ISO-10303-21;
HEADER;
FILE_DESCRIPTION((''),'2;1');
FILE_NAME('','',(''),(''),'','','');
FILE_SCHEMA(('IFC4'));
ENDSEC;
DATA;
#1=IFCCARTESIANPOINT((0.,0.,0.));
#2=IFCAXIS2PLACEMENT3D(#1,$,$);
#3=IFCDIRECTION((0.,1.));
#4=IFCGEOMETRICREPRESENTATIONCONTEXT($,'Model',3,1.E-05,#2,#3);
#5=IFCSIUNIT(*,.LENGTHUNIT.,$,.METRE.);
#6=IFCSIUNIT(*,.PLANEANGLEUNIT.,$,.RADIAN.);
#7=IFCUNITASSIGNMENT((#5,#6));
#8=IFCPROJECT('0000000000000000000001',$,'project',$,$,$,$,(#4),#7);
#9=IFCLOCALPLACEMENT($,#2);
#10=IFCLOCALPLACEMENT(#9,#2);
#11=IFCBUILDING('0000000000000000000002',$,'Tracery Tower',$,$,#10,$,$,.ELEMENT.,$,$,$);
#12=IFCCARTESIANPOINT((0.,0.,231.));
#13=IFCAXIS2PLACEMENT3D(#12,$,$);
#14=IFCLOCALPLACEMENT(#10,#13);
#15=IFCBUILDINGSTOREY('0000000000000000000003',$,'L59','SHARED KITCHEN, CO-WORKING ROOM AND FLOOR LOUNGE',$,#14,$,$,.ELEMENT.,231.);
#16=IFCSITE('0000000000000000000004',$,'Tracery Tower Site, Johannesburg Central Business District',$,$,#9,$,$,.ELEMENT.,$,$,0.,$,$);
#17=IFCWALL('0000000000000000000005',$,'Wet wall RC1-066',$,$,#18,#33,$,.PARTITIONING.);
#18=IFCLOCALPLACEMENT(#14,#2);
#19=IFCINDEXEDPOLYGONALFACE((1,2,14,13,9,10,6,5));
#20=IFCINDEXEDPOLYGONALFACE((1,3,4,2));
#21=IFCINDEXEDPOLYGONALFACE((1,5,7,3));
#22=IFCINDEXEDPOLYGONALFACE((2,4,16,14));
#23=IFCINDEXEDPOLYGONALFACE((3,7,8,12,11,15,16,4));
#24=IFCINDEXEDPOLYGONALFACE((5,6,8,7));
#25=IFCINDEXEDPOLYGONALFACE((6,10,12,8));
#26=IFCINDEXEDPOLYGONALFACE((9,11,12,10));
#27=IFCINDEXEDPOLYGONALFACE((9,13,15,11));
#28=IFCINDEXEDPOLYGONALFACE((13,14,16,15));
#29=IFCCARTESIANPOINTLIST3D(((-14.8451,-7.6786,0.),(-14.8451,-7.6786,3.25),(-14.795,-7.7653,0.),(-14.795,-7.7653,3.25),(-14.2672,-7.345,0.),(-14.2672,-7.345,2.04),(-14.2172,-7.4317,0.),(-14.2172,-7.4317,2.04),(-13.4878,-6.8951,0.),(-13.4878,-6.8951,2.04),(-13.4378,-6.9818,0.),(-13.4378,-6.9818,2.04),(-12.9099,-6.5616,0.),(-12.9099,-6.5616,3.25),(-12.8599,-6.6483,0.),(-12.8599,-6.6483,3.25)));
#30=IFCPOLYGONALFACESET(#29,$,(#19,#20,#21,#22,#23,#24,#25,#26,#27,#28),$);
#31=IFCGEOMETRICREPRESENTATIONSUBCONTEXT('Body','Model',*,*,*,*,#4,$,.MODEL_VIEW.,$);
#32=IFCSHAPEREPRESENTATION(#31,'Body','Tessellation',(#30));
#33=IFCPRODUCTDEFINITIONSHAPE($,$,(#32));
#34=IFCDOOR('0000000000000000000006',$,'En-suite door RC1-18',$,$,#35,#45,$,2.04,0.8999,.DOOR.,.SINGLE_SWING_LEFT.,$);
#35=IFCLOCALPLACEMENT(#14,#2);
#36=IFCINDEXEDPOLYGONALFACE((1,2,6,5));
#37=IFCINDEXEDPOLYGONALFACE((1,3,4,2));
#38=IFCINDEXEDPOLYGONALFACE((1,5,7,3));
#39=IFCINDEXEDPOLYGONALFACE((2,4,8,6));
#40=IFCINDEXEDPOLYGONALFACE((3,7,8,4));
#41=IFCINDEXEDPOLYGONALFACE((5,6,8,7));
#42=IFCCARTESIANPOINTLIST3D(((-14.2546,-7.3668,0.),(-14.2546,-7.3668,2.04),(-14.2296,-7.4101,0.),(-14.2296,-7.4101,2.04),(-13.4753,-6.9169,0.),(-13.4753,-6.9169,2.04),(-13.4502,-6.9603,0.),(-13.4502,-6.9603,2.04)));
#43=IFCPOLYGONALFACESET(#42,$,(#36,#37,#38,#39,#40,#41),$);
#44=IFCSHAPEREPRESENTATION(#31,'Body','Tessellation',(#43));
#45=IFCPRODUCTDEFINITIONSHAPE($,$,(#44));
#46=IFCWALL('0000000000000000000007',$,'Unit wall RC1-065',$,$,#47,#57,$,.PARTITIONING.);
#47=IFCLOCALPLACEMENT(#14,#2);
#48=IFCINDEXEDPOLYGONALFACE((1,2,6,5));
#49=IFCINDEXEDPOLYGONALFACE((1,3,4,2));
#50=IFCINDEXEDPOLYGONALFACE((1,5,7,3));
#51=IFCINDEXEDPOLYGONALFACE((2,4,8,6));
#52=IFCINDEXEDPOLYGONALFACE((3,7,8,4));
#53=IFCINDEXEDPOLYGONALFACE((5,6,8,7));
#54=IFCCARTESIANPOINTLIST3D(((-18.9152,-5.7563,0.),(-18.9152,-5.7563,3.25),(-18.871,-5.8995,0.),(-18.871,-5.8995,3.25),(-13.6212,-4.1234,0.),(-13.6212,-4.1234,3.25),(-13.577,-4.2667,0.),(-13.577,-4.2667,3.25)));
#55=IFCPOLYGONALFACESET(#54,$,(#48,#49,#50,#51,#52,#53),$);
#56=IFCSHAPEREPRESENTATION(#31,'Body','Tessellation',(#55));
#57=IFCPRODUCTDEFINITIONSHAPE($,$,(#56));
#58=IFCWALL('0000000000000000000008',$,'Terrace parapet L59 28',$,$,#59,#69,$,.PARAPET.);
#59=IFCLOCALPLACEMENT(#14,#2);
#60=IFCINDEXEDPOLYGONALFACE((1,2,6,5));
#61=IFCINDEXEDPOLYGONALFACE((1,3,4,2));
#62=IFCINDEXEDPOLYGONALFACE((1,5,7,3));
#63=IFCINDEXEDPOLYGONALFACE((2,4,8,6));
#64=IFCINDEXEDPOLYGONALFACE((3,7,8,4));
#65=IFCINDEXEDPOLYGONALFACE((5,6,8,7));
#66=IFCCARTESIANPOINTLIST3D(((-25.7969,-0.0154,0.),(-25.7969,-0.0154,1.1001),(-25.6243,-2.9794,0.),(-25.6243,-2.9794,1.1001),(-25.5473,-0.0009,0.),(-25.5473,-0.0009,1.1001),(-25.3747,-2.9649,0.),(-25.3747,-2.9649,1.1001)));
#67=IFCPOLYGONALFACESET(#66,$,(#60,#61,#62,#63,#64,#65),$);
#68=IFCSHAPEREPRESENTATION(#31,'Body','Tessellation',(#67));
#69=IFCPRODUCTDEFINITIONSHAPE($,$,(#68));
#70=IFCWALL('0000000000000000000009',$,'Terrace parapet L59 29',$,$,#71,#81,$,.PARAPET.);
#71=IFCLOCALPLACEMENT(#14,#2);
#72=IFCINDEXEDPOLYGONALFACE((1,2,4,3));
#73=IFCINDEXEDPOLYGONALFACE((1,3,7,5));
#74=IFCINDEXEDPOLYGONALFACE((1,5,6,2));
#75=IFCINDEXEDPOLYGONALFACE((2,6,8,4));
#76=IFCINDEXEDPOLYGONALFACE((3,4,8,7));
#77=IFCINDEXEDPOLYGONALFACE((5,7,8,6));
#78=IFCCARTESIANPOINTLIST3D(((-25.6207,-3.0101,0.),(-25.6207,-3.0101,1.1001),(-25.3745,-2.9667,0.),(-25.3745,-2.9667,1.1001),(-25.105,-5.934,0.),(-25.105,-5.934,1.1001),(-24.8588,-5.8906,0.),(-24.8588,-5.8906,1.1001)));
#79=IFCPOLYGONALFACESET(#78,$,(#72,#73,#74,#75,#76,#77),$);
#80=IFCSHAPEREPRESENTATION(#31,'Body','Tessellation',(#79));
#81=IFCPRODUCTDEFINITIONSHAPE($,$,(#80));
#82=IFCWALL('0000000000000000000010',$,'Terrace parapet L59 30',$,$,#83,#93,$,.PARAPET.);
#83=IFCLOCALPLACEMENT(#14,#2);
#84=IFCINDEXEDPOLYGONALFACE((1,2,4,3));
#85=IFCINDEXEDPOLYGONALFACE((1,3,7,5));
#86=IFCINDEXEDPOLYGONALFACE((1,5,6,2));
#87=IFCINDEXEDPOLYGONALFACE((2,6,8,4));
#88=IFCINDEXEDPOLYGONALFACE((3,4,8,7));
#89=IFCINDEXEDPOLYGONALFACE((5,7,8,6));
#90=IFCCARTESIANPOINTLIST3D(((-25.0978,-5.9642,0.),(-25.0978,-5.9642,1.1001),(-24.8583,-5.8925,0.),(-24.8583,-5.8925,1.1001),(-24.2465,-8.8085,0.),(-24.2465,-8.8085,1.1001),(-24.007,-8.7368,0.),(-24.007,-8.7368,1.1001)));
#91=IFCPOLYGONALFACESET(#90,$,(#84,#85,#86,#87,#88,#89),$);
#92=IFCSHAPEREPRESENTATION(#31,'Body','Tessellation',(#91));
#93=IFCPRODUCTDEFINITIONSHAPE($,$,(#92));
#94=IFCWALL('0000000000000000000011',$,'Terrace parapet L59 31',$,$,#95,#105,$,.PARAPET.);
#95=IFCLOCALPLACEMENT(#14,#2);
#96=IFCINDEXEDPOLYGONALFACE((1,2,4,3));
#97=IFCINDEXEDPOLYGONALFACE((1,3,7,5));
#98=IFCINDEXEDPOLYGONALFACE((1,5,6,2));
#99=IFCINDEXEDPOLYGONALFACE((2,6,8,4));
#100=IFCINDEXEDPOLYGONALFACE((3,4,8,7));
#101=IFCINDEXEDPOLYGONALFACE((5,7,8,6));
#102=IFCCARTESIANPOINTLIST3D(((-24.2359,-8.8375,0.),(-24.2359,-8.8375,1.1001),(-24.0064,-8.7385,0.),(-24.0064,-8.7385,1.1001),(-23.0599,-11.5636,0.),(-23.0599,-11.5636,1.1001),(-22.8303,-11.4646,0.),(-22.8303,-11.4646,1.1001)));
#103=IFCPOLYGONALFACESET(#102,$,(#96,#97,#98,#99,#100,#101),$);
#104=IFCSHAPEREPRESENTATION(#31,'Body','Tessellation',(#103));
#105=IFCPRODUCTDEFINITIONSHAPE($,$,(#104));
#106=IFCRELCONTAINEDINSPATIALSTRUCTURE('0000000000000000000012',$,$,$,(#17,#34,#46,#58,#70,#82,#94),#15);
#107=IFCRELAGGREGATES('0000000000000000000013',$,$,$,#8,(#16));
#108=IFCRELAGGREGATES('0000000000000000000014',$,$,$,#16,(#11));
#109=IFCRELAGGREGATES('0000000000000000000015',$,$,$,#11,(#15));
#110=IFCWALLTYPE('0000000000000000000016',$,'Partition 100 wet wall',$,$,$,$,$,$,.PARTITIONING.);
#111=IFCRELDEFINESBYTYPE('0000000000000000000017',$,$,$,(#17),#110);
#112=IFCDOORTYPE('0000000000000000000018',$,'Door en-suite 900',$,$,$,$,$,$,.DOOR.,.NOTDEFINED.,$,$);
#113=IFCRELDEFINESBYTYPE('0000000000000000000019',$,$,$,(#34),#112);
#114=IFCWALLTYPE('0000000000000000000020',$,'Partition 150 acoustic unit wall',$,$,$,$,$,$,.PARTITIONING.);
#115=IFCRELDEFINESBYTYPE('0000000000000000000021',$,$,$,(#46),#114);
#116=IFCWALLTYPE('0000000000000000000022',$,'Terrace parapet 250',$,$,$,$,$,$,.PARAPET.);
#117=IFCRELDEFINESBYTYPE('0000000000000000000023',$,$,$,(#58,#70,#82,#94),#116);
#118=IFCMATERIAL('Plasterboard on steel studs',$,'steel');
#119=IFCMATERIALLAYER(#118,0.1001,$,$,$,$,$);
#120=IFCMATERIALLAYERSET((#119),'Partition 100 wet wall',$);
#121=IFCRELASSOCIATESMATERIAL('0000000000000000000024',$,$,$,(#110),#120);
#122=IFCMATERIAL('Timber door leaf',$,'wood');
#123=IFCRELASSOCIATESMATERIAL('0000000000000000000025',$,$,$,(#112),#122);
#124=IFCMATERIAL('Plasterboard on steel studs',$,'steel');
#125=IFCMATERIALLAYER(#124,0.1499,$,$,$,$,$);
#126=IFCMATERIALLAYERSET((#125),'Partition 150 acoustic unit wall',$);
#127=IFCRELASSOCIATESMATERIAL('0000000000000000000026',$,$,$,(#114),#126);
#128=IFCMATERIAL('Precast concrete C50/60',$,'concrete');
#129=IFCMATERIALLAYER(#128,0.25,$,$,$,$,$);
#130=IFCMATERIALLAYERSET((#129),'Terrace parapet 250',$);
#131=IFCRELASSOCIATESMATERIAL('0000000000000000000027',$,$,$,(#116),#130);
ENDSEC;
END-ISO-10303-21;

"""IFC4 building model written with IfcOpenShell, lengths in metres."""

from ifc_helpers import new_model, si_unit, direction, frame, frame_2d, origin, place, context, subcontext, project, spatial, rectangle, extrude, material, layer, layer_set, type_object, element, fill, save


model = new_model("IFC4")

# Units and contexts
model_context = context("Model", 3, precision=1e-05, world=origin(), true_north=direction((0.0, 1.0)))
body_context = subcontext(model_context, "Body", "Model", "MODEL_VIEW")
ifc_project = project(units=[si_unit("LENGTHUNIT", "METRE"), si_unit("PLANEANGLEUNIT", "RADIAN")], contexts=[model_context])

# Site, building, storey
site_placement = place(None, origin())
site = spatial("IfcSite", under=ifc_project, at=site_placement, Name="Tracery Tower Site, Johannesburg Central Business District", CompositionType="ELEMENT", RefElevation=0.0)
building_placement = place(site_placement, origin())
building = spatial("IfcBuilding", under=site, at=building_placement, Name="Tracery Tower", CompositionType="ELEMENT")
storey_placement = place(building_placement, frame((0.0, 0.0, 231.0)))
storey = spatial("IfcBuildingStorey", under=building, at=storey_placement, Name="L59", Description="SHARED KITCHEN, CO-WORKING ROOM AND FLOOR LOUNGE", CompositionType="ELEMENT", Elevation=231.0)

# Wall, opening, door
ifc_material_1 = material(Name="Plasterboard on steel studs", Category="steel")
ifc_layer_1 = layer(ifc_material_1, 0.1001)
ifc_layer_set_1 = layer_set([ifc_layer_1], Name="Partition 100 wet wall")
wall_type_1 = type_object("IfcWallType", Name="Partition 100 wet wall", PredefinedType="PARTITIONING", material=ifc_layer_set_1)
ifc_material_2 = material(Name="Timber door leaf", Category="wood")
door_type = type_object("IfcDoorType", Name="Door en-suite 900", OperationType="NOTDEFINED", PredefinedType="DOOR", material=ifc_material_2)
wall_1_placement = place(storey_placement, frame((-14.8201, -7.7219, 0.0), z_axis=(0.0, 0.0, 1.0), x_axis=(0.866076, 0.499912, 0.0)))
wall_1 = element("IfcWall", 1, at=wall_1_placement, inside=storey, type_object=wall_type_1, Name="Wet wall RC1-066", PredefinedType="PARTITIONING", context=body_context, shape_type="SweptSolid", body=[
    extrude(rectangle(XDim=2.2344, YDim=0.1001, at=frame_2d((1.1172, 0.0))), origin(), (0.0, 0.0, 1.0), 3.25),
])
opening_1_placement = place(wall_1_placement, frame((0.6672, 0.0, 0.0)))
opening_1 = element("IfcOpeningElement", 2, at=opening_1_placement, cuts=wall_1, PredefinedType="OPENING", context=body_context, shape_type="SweptSolid", body=[
    extrude(rectangle(XDim=0.8999, YDim=2.04, at=frame_2d((0.45, 1.02))), frame((0.0, 0.05, 0.0), z_axis=(0.0, -1.0, 0.0), x_axis=(1.0, 0.0, 0.0)), (0.0, 0.0, 1.0), 0.1001),
])
door_1_placement = place(opening_1_placement, origin())
door_1 = element("IfcDoor", 3, at=door_1_placement, inside=storey, type_object=door_type, Name="En-suite door RC1-18", OperationType="SINGLE_SWING_LEFT", OverallHeight=2.04, OverallWidth=0.8999, PredefinedType="DOOR", context=body_context, shape_type="SweptSolid", body=[
    extrude(rectangle(XDim=0.8999, YDim=2.04, at=frame_2d((0.45, 1.02))), frame((0.0, 0.0249, 0.0), z_axis=(0.0, -1.0, 0.0), x_axis=(1.0, 0.0, 0.0)), (0.0, 0.0, 1.0), 0.05),
])
fill(opening_1, door_1)

# Walls
ifc_material_3 = material(Name="Plasterboard on steel studs", Category="steel")
ifc_layer_2 = layer(ifc_material_3, 0.1499)
ifc_layer_set_2 = layer_set([ifc_layer_2], Name="Partition 150 acoustic unit wall")
wall_type_2 = type_object("IfcWallType", Name="Partition 150 acoustic unit wall", PredefinedType="PARTITIONING", material=ifc_layer_set_2)
wall_2_placement = place(storey_placement, frame((-18.8931, -5.8279, 0.0), z_axis=(0.0, 0.0, 1.0), x_axis=(0.955581, 0.29473, 0.0)))
element("IfcWall", 4, at=wall_2_placement, inside=storey, type_object=wall_type_2, Name="Unit wall RC1-065", PredefinedType="PARTITIONING", context=body_context, shape_type="SweptSolid", body=[
    extrude(rectangle(XDim=5.54, YDim=0.1499, at=frame_2d((2.77, 0.0))), origin(), (0.0, 0.0, 1.0), 3.25),
])
ifc_material_4 = material(Name="Precast concrete C50/60", Category="concrete")
ifc_layer_3 = layer(ifc_material_4, 0.25)
ifc_layer_set_3 = layer_set([ifc_layer_3], Name="Terrace parapet 250")
wall_type_3 = type_object("IfcWallType", Name="Terrace parapet 250", PredefinedType="PARAPET", material=ifc_layer_set_3)
for number, where, z_axis, x_axis, name in (
    (5, (-25.6721, -0.0083, 0.0), (0.0, 0.0, 1.0), (0.058139, -0.998309, 0.0), "Terrace parapet L59 28"),
    (6, (-25.4976, -2.9885, 0.0), (0.0, 0.0, 1.0), (0.173673, -0.984803, 0.0), "Terrace parapet L59 29"),
    (7, (-24.978, -5.9285, 0.0), (0.0, 0.0, 1.0), (0.286744, -0.958007, 0.0), "Terrace parapet L59 30"),
    (8, (-24.1211, -8.7881, 0.0), (0.0, 0.0, 1.0), (0.396112, -0.918202, 0.0), "Terrace parapet L59 31"),
):
    element("IfcWall", number, at=place(storey_placement, frame(where, z_axis=z_axis, x_axis=x_axis)), inside=storey, type_object=wall_type_3, Name=name, PredefinedType="PARAPET", context=body_context, shape_type="SweptSolid", body=[
        extrude(rectangle(XDim=2.969, YDim=0.25, at=frame_2d((1.4844, 0.0))), origin(), (0.0, 0.0, 1.0), 1.1001),
    ])

save(model, "model.ifc")
